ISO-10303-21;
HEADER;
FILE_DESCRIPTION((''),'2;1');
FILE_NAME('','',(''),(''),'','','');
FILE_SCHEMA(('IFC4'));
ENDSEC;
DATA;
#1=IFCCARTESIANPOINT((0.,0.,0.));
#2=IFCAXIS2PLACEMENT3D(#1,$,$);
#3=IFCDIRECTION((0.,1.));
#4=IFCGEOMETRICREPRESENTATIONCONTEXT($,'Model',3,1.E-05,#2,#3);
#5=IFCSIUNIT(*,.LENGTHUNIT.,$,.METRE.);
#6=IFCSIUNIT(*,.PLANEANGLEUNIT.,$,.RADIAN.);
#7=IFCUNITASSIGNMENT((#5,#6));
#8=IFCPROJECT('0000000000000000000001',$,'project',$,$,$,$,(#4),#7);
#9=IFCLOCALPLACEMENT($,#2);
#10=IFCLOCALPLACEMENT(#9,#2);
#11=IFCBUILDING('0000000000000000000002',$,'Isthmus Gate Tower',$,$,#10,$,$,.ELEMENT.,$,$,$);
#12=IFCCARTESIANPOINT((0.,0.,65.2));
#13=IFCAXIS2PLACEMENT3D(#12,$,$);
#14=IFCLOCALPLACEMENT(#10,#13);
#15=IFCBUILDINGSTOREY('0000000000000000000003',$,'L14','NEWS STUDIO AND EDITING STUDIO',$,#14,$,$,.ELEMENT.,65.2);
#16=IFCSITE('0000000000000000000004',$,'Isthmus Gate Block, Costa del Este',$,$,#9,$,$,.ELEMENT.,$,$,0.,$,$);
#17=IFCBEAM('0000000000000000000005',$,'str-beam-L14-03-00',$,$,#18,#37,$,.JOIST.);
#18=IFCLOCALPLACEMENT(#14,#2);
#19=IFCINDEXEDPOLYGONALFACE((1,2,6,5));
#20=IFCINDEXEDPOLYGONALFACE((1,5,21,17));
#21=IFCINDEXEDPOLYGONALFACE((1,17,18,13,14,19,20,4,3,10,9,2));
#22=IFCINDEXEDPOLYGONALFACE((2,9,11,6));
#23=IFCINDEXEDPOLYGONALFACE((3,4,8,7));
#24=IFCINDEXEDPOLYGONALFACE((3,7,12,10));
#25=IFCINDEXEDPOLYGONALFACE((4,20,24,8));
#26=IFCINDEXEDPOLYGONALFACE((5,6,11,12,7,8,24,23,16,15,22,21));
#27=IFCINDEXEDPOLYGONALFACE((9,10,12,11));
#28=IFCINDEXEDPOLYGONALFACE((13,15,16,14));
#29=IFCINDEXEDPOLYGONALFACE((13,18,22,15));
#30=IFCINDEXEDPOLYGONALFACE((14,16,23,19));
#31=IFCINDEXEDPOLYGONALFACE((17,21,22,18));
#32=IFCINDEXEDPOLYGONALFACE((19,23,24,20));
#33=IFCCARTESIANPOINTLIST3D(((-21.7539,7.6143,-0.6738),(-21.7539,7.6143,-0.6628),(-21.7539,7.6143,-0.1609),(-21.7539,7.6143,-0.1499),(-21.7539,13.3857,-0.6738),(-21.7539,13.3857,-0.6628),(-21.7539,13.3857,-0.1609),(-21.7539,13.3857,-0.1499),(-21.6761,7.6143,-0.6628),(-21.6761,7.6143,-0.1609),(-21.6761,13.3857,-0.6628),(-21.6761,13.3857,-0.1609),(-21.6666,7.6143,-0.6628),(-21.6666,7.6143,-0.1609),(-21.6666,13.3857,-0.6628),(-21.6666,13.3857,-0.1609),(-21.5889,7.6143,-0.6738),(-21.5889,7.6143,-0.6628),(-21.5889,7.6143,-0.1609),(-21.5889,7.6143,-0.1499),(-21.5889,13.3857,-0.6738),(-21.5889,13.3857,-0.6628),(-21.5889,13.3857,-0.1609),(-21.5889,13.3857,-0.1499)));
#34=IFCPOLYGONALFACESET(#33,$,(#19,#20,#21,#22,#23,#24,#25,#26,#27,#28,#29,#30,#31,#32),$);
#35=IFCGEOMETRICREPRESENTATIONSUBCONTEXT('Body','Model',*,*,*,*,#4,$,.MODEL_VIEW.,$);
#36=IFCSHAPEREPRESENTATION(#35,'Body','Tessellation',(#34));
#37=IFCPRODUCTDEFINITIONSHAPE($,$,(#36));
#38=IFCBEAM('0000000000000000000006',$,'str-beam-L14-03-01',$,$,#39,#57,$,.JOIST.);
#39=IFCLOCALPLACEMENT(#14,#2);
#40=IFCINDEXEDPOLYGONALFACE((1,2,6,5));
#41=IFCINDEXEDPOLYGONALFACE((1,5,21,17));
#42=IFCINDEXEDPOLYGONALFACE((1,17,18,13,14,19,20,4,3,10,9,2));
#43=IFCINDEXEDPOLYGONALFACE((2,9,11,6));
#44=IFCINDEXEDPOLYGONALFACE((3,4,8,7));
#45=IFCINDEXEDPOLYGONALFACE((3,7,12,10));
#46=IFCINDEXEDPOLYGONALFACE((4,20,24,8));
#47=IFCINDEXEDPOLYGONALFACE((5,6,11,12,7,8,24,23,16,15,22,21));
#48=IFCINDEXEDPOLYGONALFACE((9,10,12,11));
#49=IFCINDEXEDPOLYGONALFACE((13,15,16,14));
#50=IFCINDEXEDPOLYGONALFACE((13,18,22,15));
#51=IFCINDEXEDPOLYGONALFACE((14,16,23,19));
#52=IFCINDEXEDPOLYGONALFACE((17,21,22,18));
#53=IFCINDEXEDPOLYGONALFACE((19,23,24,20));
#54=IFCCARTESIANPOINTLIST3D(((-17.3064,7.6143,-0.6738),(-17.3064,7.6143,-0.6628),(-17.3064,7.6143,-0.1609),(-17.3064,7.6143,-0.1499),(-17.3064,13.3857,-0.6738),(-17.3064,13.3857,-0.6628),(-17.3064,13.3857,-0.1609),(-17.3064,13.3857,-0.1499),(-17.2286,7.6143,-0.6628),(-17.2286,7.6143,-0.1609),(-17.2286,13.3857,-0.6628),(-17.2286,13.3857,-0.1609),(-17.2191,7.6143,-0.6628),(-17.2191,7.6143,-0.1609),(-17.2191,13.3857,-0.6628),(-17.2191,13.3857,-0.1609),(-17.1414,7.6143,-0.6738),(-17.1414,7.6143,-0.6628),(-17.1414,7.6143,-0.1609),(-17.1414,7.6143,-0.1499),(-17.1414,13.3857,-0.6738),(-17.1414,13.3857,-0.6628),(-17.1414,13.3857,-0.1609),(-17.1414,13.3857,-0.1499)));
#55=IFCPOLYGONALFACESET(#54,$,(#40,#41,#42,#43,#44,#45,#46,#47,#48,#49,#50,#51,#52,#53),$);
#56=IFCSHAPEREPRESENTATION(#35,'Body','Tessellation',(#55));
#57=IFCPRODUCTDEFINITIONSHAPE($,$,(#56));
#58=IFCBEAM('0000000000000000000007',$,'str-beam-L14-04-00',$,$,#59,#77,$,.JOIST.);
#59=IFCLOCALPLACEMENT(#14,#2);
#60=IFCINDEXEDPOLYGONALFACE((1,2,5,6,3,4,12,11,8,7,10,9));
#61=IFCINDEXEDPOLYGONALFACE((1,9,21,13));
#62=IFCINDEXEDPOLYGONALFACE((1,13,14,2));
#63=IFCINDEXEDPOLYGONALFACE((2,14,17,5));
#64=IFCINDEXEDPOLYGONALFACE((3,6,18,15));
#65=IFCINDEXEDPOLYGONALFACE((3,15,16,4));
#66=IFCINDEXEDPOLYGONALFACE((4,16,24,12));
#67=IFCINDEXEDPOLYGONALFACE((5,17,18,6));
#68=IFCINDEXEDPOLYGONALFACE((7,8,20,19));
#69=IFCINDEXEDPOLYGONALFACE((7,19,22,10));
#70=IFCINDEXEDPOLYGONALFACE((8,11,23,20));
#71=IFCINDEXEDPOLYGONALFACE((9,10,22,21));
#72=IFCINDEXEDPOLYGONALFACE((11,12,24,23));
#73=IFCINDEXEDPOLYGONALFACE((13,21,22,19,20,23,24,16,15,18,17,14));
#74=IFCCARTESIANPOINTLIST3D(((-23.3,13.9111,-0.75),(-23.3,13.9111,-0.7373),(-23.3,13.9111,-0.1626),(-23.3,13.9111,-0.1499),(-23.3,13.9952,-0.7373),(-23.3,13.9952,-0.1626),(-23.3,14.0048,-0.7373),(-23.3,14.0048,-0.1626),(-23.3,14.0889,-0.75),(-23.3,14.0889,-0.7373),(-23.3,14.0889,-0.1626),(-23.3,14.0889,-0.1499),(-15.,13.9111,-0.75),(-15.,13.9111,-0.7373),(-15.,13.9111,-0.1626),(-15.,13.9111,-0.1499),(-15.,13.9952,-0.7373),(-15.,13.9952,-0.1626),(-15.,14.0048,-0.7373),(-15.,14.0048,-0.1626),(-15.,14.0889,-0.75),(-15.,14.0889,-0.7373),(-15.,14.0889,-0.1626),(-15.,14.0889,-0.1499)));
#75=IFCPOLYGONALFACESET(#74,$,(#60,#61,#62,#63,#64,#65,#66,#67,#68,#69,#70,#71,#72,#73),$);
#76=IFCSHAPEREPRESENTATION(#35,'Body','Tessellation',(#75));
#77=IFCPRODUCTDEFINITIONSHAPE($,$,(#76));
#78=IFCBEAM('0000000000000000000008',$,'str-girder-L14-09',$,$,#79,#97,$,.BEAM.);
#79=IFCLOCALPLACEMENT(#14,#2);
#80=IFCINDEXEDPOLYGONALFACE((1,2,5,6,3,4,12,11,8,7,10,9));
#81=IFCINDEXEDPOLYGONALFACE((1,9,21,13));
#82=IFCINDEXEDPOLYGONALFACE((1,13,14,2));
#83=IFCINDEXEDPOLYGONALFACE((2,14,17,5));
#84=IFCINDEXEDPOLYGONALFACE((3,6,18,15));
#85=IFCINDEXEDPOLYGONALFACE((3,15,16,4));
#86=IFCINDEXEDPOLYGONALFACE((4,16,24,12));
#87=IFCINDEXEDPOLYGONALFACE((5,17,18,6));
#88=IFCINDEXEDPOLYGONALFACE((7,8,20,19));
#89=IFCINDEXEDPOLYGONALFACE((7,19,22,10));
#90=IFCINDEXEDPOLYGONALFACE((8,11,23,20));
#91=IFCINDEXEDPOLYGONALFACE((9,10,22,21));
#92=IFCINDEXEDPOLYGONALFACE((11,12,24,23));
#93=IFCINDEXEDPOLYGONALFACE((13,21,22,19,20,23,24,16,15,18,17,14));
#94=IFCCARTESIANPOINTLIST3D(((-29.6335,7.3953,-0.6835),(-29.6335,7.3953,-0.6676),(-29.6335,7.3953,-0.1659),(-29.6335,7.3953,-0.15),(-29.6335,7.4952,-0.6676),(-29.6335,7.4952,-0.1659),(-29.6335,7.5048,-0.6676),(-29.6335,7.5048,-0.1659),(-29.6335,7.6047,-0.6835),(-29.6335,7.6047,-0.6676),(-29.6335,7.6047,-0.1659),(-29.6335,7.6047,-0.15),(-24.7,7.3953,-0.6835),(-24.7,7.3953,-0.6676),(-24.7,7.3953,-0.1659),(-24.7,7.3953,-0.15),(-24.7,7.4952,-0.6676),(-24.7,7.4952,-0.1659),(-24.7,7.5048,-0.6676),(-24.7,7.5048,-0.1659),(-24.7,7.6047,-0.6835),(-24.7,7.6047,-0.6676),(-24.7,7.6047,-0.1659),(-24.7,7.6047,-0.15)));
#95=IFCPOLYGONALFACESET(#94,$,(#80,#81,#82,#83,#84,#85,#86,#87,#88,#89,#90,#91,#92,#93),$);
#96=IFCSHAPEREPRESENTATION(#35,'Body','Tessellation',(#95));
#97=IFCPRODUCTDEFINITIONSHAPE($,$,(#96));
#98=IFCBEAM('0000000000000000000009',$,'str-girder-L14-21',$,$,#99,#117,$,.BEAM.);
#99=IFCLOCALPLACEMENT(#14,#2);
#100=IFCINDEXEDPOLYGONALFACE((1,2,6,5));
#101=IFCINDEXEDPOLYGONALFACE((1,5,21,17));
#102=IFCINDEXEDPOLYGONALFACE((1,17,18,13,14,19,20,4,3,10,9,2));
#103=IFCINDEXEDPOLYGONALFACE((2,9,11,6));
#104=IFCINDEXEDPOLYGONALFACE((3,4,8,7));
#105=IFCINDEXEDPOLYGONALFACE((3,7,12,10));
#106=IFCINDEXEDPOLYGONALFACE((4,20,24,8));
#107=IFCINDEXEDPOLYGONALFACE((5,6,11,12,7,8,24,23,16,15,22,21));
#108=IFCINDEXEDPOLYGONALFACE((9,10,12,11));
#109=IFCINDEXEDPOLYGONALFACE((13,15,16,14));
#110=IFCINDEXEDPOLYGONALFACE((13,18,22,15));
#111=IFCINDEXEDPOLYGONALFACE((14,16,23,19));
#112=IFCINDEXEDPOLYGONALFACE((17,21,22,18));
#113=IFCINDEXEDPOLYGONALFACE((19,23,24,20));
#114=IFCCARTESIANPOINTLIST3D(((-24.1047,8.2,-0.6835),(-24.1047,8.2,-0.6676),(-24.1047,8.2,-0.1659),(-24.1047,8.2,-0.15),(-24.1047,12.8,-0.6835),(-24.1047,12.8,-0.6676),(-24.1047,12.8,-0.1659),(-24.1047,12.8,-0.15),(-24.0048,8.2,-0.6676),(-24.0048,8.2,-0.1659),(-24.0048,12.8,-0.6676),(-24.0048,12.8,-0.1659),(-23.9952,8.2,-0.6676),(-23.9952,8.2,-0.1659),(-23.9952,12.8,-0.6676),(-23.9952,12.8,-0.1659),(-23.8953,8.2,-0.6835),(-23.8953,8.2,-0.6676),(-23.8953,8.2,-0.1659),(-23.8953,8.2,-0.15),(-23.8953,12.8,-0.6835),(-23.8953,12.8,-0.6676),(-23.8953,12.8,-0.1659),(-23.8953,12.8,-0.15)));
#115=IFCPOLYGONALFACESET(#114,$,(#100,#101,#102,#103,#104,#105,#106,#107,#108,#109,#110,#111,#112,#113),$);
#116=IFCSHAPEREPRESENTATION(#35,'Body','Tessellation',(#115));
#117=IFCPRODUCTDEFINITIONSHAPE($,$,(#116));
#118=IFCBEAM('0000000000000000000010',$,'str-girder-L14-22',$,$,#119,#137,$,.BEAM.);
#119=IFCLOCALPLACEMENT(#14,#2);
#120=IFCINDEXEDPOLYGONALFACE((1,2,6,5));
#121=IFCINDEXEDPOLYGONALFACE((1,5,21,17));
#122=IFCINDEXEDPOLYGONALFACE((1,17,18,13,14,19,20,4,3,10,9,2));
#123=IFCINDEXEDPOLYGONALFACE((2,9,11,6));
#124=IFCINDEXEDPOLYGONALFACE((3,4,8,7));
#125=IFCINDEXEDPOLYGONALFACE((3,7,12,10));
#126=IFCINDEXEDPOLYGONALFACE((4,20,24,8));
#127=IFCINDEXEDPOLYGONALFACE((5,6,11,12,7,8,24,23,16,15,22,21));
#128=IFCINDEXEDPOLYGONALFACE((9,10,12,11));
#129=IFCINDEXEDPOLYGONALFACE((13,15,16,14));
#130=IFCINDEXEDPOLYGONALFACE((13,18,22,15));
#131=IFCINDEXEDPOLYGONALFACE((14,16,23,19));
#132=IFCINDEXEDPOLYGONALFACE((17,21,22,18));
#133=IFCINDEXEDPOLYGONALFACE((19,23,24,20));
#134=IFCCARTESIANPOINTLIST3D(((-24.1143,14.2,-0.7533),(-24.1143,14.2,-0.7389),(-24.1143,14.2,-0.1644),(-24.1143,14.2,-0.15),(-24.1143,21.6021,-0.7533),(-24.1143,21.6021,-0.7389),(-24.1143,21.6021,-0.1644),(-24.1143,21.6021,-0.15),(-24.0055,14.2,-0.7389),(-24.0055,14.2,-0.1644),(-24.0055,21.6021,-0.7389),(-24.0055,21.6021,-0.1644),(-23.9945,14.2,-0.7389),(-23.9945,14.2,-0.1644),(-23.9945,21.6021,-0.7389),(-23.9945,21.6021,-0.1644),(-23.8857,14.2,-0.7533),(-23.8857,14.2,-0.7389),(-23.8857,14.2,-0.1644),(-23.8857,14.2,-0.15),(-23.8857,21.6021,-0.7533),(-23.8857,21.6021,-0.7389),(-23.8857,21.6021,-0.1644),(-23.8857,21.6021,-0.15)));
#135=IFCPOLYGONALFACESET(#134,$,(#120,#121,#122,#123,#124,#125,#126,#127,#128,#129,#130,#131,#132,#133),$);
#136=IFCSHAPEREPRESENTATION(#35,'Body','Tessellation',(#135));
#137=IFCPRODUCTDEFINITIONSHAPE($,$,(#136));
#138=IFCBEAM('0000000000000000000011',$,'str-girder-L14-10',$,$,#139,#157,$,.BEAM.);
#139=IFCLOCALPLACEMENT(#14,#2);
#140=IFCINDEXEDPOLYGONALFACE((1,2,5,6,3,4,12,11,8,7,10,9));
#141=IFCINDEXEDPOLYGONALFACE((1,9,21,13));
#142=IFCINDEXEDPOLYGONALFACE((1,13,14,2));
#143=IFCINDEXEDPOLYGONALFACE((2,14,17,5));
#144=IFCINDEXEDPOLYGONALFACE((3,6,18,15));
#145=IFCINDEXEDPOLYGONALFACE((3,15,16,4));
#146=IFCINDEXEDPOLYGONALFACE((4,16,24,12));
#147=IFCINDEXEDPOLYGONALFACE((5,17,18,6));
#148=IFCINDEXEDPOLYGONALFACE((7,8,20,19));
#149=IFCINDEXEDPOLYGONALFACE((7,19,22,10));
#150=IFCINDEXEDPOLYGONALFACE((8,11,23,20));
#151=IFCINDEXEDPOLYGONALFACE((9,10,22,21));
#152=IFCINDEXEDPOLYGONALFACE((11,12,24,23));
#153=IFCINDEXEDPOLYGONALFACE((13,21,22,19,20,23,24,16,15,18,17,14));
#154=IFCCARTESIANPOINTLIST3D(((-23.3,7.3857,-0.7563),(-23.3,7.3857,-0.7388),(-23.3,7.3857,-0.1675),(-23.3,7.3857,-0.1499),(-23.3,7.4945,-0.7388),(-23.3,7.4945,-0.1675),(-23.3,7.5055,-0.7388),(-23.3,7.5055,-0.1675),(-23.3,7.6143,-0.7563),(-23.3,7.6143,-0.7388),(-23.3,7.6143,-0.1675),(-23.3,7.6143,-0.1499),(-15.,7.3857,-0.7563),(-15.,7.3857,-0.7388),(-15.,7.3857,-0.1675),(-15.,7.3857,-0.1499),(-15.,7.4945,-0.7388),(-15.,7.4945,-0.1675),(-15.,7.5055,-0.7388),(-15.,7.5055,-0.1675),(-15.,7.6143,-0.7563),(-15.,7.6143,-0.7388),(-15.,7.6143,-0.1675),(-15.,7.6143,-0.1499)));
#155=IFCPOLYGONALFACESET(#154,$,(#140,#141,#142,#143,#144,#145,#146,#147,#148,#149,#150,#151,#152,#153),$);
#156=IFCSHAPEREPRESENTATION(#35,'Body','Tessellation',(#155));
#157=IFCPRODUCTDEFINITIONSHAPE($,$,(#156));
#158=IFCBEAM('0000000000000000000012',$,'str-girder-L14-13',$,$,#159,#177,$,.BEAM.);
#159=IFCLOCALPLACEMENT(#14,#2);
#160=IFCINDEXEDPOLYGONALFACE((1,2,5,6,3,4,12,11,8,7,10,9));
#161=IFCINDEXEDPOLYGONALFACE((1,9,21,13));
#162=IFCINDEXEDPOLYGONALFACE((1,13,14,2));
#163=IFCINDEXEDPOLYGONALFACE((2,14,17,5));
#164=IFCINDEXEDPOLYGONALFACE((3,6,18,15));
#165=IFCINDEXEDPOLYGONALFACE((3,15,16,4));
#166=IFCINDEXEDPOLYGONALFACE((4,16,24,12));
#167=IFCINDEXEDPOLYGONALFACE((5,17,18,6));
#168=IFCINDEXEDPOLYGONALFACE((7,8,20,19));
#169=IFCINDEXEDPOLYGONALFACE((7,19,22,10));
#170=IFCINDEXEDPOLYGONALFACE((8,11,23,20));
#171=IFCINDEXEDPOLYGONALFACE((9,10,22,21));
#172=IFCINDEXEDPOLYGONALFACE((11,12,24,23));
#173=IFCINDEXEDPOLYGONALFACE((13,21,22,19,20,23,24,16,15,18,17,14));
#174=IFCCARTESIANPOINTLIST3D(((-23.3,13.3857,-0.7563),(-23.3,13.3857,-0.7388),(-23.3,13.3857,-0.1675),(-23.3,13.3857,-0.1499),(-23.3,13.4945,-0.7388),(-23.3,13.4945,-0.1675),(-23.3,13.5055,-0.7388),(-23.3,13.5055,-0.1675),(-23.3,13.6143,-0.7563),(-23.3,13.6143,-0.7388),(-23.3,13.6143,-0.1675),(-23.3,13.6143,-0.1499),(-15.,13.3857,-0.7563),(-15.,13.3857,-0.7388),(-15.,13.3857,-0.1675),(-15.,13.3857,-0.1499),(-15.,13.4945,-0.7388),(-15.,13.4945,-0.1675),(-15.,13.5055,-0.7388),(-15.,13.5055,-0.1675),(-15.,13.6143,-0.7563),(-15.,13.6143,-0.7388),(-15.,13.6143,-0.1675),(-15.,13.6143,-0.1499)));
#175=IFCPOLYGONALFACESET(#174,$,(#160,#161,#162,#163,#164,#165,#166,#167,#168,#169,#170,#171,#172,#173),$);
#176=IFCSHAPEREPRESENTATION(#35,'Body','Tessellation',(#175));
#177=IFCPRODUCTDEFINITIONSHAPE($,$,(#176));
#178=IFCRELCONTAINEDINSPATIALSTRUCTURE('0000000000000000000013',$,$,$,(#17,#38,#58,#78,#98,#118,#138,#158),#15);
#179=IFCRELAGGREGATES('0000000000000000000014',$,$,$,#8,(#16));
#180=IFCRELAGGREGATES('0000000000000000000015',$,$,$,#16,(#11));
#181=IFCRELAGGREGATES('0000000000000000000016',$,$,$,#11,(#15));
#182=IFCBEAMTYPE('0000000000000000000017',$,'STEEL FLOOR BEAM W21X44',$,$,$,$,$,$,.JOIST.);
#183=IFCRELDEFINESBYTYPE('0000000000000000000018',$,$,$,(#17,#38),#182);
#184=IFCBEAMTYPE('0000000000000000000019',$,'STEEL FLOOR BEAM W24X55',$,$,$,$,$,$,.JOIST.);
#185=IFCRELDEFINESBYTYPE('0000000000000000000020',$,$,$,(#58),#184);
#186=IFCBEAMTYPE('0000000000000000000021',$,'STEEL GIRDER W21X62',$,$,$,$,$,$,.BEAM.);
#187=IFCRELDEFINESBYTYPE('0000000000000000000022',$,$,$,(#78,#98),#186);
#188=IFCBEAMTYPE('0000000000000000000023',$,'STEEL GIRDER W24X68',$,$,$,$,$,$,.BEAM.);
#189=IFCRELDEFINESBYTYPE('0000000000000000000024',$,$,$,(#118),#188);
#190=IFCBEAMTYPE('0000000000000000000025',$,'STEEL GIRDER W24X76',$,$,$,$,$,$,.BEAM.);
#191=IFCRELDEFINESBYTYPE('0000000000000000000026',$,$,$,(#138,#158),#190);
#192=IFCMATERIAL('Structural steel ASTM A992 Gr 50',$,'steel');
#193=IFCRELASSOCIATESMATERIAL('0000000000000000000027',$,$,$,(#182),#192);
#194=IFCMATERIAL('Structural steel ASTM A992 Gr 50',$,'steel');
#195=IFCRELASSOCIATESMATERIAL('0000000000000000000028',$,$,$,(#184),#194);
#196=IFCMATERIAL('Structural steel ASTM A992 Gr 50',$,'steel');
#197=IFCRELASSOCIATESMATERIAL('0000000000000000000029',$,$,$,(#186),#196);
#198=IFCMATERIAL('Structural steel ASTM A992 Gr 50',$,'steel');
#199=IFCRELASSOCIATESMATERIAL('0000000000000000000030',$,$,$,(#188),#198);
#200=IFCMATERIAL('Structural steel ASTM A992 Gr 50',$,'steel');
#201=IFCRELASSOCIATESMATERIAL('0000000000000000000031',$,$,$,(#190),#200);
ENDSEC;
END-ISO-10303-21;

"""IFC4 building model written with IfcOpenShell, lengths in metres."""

from ifc_helpers import new_model, si_unit, direction, frame, origin, origin_2d, place, context, subcontext, project, spatial, i_section, extrude, material, material_profile, profile_set, type_object, element, save


model = new_model("IFC4")

# Units and contexts
model_context = context("Model", 3, precision=1e-05, world=origin(), true_north=direction((0.0, 1.0)))
body_context = subcontext(model_context, "Body", "Model", "MODEL_VIEW")
ifc_project = project(units=[si_unit("LENGTHUNIT", "METRE"), si_unit("PLANEANGLEUNIT", "RADIAN")], contexts=[model_context])

# Site, building, storey
site_placement = place(None, origin())
site = spatial("IfcSite", under=ifc_project, at=site_placement, Name="Isthmus Gate Block, Costa del Este", CompositionType="ELEMENT", RefElevation=0.0)
building_placement = place(site_placement, origin())
building = spatial("IfcBuilding", under=site, at=building_placement, Name="Isthmus Gate Tower", CompositionType="ELEMENT")
storey_placement = place(building_placement, frame((0.0, 0.0, 65.2)))
storey = spatial("IfcBuildingStorey", under=building, at=storey_placement, Name="L14", Description="NEWS STUDIO AND EDITING STUDIO", CompositionType="ELEMENT", Elevation=65.2)

# Beams
ifc_material_1 = material(Name="Structural steel ASTM A992 Gr 50", Category="steel")
ifc_material_profile_1 = material_profile(ifc_material_1, i_section(OverallWidth=0.165, OverallDepth=0.5239, WebThickness=0.0095, FlangeThickness=0.011, at=origin_2d()), Name="W21X44")
ifc_profile_set_1 = profile_set([ifc_material_profile_1], Name="Structural steel ASTM A992 Gr 50")
beam_type_1 = type_object("IfcBeamType", Name="STEEL FLOOR BEAM W21X44", PredefinedType="JOIST", material=ifc_profile_set_1)
for number, where, z_axis, x_axis, name in (
    (1, (-21.6714, 7.6143, -0.4119), (0.0, 1.0, 0.0), (-1.0, 0.0, 0.0), "str-beam-L14-03-00"),
    (2, (-17.2239, 7.6143, -0.4119), (0.0, 1.0, 0.0), (-1.0, 0.0, 0.0), "str-beam-L14-03-01"),
):
    element("IfcBeam", number, at=place(storey_placement, frame(where, z_axis=z_axis, x_axis=x_axis)), inside=storey, type_object=beam_type_1, Name=name, PredefinedType="JOIST", context=body_context, shape_type="SweptSolid", body=[
        extrude(i_section(OverallWidth=0.165, OverallDepth=0.5239, WebThickness=0.0095, FlangeThickness=0.011, at=origin_2d()), origin(), (0.0, 0.0, 1.0), 5.7715),
    ])
ifc_material_2 = material(Name="Structural steel ASTM A992 Gr 50", Category="steel")
ifc_material_profile_2 = material_profile(ifc_material_2, i_section(OverallWidth=0.1777, OverallDepth=0.6001, WebThickness=0.0095, FlangeThickness=0.0127, at=origin_2d()), Name="W24X55")
ifc_profile_set_2 = profile_set([ifc_material_profile_2], Name="Structural steel ASTM A992 Gr 50")
beam_type_2 = type_object("IfcBeamType", Name="STEEL FLOOR BEAM W24X55", PredefinedType="JOIST", material=ifc_profile_set_2)
beam_1_placement = place(storey_placement, frame((-23.3, 14.0, -0.45), z_axis=(1.0, 0.0, 0.0), x_axis=(0.0, 1.0, 0.0)))
element("IfcBeam", 3, at=beam_1_placement, inside=storey, type_object=beam_type_2, Name="str-beam-L14-04-00", PredefinedType="JOIST", context=body_context, shape_type="SweptSolid", body=[
    extrude(i_section(OverallWidth=0.1777, OverallDepth=0.6001, WebThickness=0.0095, FlangeThickness=0.0127, at=origin_2d()), origin(), (0.0, 0.0, 1.0), 8.3),
])
ifc_material_3 = material(Name="Structural steel ASTM A992 Gr 50", Category="steel")
ifc_material_profile_3 = material_profile(ifc_material_3, i_section(OverallWidth=0.2095, OverallDepth=0.5334, WebThickness=0.0095, FlangeThickness=0.0159, at=origin_2d()), Name="W21X62")
ifc_profile_set_3 = profile_set([ifc_material_profile_3], Name="Structural steel ASTM A992 Gr 50")
beam_type_3 = type_object("IfcBeamType", Name="STEEL GIRDER W21X62", PredefinedType="BEAM", material=ifc_profile_set_3)
beam_2_placement = place(storey_placement, frame((-29.6335, 7.5, -0.4167), z_axis=(1.0, 0.0, 0.0), x_axis=(0.0, 1.0, 0.0)))
element("IfcBeam", 4, at=beam_2_placement, inside=storey, type_object=beam_type_3, Name="str-girder-L14-09", PredefinedType="BEAM", context=body_context, shape_type="SweptSolid", body=[
    extrude(i_section(OverallWidth=0.2095, OverallDepth=0.5334, WebThickness=0.0095, FlangeThickness=0.0159, at=origin_2d()), origin(), (0.0, 0.0, 1.0), 4.9336),
])
beam_3_placement = place(storey_placement, frame((-24.0, 8.2, -0.4167), z_axis=(0.0, 1.0, 0.0), x_axis=(-1.0, 0.0, 0.0)))
element("IfcBeam", 5, at=beam_3_placement, inside=storey, type_object=beam_type_3, Name="str-girder-L14-21", PredefinedType="BEAM", context=body_context, shape_type="SweptSolid", body=[
    extrude(i_section(OverallWidth=0.2095, OverallDepth=0.5334, WebThickness=0.0095, FlangeThickness=0.0159, at=origin_2d()), origin(), (0.0, 0.0, 1.0), 4.6001),
])
ifc_material_4 = material(Name="Structural steel ASTM A992 Gr 50", Category="steel")
ifc_material_profile_4 = material_profile(ifc_material_4, i_section(OverallWidth=0.2285, OverallDepth=0.6033, WebThickness=0.011, FlangeThickness=0.0144, at=origin_2d()), Name="W24X68")
ifc_profile_set_4 = profile_set([ifc_material_profile_4], Name="Structural steel ASTM A992 Gr 50")
beam_type_4 = type_object("IfcBeamType", Name="STEEL GIRDER W24X68", PredefinedType="BEAM", material=ifc_profile_set_4)
beam_4_placement = place(storey_placement, frame((-24.0, 14.2, -0.4517), z_axis=(0.0, 1.0, 0.0), x_axis=(-1.0, 0.0, 0.0)))
element("IfcBeam", 6, at=beam_4_placement, inside=storey, type_object=beam_type_4, Name="str-girder-L14-22", PredefinedType="BEAM", context=body_context, shape_type="SweptSolid", body=[
    extrude(i_section(OverallWidth=0.2285, OverallDepth=0.6033, WebThickness=0.011, FlangeThickness=0.0144, at=origin_2d()), origin(), (0.0, 0.0, 1.0), 7.4021),
])
ifc_material_5 = material(Name="Structural steel ASTM A992 Gr 50", Category="steel")
ifc_material_profile_5 = material_profile(ifc_material_5, i_section(OverallWidth=0.2285, OverallDepth=0.6064, WebThickness=0.011, FlangeThickness=0.0176, at=origin_2d()), Name="W24X76")
ifc_profile_set_5 = profile_set([ifc_material_profile_5], Name="Structural steel ASTM A992 Gr 50")
beam_type_5 = type_object("IfcBeamType", Name="STEEL GIRDER W24X76", PredefinedType="BEAM", material=ifc_profile_set_5)
for number, where, z_axis, x_axis, name in (
    (7, (-23.3, 7.5, -0.4531), (1.0, 0.0, 0.0), (0.0, 1.0, 0.0), "str-girder-L14-10"),
    (8, (-23.3, 13.5, -0.4531), (1.0, 0.0, 0.0), (0.0, 1.0, 0.0), "str-girder-L14-13"),
):
    element("IfcBeam", number, at=place(storey_placement, frame(where, z_axis=z_axis, x_axis=x_axis)), inside=storey, type_object=beam_type_5, Name=name, PredefinedType="BEAM", context=body_context, shape_type="SweptSolid", body=[
        extrude(i_section(OverallWidth=0.2285, OverallDepth=0.6064, WebThickness=0.011, FlangeThickness=0.0176, at=origin_2d()), origin(), (0.0, 0.0, 1.0), 8.3),
    ])

save(model, "model.ifc")
